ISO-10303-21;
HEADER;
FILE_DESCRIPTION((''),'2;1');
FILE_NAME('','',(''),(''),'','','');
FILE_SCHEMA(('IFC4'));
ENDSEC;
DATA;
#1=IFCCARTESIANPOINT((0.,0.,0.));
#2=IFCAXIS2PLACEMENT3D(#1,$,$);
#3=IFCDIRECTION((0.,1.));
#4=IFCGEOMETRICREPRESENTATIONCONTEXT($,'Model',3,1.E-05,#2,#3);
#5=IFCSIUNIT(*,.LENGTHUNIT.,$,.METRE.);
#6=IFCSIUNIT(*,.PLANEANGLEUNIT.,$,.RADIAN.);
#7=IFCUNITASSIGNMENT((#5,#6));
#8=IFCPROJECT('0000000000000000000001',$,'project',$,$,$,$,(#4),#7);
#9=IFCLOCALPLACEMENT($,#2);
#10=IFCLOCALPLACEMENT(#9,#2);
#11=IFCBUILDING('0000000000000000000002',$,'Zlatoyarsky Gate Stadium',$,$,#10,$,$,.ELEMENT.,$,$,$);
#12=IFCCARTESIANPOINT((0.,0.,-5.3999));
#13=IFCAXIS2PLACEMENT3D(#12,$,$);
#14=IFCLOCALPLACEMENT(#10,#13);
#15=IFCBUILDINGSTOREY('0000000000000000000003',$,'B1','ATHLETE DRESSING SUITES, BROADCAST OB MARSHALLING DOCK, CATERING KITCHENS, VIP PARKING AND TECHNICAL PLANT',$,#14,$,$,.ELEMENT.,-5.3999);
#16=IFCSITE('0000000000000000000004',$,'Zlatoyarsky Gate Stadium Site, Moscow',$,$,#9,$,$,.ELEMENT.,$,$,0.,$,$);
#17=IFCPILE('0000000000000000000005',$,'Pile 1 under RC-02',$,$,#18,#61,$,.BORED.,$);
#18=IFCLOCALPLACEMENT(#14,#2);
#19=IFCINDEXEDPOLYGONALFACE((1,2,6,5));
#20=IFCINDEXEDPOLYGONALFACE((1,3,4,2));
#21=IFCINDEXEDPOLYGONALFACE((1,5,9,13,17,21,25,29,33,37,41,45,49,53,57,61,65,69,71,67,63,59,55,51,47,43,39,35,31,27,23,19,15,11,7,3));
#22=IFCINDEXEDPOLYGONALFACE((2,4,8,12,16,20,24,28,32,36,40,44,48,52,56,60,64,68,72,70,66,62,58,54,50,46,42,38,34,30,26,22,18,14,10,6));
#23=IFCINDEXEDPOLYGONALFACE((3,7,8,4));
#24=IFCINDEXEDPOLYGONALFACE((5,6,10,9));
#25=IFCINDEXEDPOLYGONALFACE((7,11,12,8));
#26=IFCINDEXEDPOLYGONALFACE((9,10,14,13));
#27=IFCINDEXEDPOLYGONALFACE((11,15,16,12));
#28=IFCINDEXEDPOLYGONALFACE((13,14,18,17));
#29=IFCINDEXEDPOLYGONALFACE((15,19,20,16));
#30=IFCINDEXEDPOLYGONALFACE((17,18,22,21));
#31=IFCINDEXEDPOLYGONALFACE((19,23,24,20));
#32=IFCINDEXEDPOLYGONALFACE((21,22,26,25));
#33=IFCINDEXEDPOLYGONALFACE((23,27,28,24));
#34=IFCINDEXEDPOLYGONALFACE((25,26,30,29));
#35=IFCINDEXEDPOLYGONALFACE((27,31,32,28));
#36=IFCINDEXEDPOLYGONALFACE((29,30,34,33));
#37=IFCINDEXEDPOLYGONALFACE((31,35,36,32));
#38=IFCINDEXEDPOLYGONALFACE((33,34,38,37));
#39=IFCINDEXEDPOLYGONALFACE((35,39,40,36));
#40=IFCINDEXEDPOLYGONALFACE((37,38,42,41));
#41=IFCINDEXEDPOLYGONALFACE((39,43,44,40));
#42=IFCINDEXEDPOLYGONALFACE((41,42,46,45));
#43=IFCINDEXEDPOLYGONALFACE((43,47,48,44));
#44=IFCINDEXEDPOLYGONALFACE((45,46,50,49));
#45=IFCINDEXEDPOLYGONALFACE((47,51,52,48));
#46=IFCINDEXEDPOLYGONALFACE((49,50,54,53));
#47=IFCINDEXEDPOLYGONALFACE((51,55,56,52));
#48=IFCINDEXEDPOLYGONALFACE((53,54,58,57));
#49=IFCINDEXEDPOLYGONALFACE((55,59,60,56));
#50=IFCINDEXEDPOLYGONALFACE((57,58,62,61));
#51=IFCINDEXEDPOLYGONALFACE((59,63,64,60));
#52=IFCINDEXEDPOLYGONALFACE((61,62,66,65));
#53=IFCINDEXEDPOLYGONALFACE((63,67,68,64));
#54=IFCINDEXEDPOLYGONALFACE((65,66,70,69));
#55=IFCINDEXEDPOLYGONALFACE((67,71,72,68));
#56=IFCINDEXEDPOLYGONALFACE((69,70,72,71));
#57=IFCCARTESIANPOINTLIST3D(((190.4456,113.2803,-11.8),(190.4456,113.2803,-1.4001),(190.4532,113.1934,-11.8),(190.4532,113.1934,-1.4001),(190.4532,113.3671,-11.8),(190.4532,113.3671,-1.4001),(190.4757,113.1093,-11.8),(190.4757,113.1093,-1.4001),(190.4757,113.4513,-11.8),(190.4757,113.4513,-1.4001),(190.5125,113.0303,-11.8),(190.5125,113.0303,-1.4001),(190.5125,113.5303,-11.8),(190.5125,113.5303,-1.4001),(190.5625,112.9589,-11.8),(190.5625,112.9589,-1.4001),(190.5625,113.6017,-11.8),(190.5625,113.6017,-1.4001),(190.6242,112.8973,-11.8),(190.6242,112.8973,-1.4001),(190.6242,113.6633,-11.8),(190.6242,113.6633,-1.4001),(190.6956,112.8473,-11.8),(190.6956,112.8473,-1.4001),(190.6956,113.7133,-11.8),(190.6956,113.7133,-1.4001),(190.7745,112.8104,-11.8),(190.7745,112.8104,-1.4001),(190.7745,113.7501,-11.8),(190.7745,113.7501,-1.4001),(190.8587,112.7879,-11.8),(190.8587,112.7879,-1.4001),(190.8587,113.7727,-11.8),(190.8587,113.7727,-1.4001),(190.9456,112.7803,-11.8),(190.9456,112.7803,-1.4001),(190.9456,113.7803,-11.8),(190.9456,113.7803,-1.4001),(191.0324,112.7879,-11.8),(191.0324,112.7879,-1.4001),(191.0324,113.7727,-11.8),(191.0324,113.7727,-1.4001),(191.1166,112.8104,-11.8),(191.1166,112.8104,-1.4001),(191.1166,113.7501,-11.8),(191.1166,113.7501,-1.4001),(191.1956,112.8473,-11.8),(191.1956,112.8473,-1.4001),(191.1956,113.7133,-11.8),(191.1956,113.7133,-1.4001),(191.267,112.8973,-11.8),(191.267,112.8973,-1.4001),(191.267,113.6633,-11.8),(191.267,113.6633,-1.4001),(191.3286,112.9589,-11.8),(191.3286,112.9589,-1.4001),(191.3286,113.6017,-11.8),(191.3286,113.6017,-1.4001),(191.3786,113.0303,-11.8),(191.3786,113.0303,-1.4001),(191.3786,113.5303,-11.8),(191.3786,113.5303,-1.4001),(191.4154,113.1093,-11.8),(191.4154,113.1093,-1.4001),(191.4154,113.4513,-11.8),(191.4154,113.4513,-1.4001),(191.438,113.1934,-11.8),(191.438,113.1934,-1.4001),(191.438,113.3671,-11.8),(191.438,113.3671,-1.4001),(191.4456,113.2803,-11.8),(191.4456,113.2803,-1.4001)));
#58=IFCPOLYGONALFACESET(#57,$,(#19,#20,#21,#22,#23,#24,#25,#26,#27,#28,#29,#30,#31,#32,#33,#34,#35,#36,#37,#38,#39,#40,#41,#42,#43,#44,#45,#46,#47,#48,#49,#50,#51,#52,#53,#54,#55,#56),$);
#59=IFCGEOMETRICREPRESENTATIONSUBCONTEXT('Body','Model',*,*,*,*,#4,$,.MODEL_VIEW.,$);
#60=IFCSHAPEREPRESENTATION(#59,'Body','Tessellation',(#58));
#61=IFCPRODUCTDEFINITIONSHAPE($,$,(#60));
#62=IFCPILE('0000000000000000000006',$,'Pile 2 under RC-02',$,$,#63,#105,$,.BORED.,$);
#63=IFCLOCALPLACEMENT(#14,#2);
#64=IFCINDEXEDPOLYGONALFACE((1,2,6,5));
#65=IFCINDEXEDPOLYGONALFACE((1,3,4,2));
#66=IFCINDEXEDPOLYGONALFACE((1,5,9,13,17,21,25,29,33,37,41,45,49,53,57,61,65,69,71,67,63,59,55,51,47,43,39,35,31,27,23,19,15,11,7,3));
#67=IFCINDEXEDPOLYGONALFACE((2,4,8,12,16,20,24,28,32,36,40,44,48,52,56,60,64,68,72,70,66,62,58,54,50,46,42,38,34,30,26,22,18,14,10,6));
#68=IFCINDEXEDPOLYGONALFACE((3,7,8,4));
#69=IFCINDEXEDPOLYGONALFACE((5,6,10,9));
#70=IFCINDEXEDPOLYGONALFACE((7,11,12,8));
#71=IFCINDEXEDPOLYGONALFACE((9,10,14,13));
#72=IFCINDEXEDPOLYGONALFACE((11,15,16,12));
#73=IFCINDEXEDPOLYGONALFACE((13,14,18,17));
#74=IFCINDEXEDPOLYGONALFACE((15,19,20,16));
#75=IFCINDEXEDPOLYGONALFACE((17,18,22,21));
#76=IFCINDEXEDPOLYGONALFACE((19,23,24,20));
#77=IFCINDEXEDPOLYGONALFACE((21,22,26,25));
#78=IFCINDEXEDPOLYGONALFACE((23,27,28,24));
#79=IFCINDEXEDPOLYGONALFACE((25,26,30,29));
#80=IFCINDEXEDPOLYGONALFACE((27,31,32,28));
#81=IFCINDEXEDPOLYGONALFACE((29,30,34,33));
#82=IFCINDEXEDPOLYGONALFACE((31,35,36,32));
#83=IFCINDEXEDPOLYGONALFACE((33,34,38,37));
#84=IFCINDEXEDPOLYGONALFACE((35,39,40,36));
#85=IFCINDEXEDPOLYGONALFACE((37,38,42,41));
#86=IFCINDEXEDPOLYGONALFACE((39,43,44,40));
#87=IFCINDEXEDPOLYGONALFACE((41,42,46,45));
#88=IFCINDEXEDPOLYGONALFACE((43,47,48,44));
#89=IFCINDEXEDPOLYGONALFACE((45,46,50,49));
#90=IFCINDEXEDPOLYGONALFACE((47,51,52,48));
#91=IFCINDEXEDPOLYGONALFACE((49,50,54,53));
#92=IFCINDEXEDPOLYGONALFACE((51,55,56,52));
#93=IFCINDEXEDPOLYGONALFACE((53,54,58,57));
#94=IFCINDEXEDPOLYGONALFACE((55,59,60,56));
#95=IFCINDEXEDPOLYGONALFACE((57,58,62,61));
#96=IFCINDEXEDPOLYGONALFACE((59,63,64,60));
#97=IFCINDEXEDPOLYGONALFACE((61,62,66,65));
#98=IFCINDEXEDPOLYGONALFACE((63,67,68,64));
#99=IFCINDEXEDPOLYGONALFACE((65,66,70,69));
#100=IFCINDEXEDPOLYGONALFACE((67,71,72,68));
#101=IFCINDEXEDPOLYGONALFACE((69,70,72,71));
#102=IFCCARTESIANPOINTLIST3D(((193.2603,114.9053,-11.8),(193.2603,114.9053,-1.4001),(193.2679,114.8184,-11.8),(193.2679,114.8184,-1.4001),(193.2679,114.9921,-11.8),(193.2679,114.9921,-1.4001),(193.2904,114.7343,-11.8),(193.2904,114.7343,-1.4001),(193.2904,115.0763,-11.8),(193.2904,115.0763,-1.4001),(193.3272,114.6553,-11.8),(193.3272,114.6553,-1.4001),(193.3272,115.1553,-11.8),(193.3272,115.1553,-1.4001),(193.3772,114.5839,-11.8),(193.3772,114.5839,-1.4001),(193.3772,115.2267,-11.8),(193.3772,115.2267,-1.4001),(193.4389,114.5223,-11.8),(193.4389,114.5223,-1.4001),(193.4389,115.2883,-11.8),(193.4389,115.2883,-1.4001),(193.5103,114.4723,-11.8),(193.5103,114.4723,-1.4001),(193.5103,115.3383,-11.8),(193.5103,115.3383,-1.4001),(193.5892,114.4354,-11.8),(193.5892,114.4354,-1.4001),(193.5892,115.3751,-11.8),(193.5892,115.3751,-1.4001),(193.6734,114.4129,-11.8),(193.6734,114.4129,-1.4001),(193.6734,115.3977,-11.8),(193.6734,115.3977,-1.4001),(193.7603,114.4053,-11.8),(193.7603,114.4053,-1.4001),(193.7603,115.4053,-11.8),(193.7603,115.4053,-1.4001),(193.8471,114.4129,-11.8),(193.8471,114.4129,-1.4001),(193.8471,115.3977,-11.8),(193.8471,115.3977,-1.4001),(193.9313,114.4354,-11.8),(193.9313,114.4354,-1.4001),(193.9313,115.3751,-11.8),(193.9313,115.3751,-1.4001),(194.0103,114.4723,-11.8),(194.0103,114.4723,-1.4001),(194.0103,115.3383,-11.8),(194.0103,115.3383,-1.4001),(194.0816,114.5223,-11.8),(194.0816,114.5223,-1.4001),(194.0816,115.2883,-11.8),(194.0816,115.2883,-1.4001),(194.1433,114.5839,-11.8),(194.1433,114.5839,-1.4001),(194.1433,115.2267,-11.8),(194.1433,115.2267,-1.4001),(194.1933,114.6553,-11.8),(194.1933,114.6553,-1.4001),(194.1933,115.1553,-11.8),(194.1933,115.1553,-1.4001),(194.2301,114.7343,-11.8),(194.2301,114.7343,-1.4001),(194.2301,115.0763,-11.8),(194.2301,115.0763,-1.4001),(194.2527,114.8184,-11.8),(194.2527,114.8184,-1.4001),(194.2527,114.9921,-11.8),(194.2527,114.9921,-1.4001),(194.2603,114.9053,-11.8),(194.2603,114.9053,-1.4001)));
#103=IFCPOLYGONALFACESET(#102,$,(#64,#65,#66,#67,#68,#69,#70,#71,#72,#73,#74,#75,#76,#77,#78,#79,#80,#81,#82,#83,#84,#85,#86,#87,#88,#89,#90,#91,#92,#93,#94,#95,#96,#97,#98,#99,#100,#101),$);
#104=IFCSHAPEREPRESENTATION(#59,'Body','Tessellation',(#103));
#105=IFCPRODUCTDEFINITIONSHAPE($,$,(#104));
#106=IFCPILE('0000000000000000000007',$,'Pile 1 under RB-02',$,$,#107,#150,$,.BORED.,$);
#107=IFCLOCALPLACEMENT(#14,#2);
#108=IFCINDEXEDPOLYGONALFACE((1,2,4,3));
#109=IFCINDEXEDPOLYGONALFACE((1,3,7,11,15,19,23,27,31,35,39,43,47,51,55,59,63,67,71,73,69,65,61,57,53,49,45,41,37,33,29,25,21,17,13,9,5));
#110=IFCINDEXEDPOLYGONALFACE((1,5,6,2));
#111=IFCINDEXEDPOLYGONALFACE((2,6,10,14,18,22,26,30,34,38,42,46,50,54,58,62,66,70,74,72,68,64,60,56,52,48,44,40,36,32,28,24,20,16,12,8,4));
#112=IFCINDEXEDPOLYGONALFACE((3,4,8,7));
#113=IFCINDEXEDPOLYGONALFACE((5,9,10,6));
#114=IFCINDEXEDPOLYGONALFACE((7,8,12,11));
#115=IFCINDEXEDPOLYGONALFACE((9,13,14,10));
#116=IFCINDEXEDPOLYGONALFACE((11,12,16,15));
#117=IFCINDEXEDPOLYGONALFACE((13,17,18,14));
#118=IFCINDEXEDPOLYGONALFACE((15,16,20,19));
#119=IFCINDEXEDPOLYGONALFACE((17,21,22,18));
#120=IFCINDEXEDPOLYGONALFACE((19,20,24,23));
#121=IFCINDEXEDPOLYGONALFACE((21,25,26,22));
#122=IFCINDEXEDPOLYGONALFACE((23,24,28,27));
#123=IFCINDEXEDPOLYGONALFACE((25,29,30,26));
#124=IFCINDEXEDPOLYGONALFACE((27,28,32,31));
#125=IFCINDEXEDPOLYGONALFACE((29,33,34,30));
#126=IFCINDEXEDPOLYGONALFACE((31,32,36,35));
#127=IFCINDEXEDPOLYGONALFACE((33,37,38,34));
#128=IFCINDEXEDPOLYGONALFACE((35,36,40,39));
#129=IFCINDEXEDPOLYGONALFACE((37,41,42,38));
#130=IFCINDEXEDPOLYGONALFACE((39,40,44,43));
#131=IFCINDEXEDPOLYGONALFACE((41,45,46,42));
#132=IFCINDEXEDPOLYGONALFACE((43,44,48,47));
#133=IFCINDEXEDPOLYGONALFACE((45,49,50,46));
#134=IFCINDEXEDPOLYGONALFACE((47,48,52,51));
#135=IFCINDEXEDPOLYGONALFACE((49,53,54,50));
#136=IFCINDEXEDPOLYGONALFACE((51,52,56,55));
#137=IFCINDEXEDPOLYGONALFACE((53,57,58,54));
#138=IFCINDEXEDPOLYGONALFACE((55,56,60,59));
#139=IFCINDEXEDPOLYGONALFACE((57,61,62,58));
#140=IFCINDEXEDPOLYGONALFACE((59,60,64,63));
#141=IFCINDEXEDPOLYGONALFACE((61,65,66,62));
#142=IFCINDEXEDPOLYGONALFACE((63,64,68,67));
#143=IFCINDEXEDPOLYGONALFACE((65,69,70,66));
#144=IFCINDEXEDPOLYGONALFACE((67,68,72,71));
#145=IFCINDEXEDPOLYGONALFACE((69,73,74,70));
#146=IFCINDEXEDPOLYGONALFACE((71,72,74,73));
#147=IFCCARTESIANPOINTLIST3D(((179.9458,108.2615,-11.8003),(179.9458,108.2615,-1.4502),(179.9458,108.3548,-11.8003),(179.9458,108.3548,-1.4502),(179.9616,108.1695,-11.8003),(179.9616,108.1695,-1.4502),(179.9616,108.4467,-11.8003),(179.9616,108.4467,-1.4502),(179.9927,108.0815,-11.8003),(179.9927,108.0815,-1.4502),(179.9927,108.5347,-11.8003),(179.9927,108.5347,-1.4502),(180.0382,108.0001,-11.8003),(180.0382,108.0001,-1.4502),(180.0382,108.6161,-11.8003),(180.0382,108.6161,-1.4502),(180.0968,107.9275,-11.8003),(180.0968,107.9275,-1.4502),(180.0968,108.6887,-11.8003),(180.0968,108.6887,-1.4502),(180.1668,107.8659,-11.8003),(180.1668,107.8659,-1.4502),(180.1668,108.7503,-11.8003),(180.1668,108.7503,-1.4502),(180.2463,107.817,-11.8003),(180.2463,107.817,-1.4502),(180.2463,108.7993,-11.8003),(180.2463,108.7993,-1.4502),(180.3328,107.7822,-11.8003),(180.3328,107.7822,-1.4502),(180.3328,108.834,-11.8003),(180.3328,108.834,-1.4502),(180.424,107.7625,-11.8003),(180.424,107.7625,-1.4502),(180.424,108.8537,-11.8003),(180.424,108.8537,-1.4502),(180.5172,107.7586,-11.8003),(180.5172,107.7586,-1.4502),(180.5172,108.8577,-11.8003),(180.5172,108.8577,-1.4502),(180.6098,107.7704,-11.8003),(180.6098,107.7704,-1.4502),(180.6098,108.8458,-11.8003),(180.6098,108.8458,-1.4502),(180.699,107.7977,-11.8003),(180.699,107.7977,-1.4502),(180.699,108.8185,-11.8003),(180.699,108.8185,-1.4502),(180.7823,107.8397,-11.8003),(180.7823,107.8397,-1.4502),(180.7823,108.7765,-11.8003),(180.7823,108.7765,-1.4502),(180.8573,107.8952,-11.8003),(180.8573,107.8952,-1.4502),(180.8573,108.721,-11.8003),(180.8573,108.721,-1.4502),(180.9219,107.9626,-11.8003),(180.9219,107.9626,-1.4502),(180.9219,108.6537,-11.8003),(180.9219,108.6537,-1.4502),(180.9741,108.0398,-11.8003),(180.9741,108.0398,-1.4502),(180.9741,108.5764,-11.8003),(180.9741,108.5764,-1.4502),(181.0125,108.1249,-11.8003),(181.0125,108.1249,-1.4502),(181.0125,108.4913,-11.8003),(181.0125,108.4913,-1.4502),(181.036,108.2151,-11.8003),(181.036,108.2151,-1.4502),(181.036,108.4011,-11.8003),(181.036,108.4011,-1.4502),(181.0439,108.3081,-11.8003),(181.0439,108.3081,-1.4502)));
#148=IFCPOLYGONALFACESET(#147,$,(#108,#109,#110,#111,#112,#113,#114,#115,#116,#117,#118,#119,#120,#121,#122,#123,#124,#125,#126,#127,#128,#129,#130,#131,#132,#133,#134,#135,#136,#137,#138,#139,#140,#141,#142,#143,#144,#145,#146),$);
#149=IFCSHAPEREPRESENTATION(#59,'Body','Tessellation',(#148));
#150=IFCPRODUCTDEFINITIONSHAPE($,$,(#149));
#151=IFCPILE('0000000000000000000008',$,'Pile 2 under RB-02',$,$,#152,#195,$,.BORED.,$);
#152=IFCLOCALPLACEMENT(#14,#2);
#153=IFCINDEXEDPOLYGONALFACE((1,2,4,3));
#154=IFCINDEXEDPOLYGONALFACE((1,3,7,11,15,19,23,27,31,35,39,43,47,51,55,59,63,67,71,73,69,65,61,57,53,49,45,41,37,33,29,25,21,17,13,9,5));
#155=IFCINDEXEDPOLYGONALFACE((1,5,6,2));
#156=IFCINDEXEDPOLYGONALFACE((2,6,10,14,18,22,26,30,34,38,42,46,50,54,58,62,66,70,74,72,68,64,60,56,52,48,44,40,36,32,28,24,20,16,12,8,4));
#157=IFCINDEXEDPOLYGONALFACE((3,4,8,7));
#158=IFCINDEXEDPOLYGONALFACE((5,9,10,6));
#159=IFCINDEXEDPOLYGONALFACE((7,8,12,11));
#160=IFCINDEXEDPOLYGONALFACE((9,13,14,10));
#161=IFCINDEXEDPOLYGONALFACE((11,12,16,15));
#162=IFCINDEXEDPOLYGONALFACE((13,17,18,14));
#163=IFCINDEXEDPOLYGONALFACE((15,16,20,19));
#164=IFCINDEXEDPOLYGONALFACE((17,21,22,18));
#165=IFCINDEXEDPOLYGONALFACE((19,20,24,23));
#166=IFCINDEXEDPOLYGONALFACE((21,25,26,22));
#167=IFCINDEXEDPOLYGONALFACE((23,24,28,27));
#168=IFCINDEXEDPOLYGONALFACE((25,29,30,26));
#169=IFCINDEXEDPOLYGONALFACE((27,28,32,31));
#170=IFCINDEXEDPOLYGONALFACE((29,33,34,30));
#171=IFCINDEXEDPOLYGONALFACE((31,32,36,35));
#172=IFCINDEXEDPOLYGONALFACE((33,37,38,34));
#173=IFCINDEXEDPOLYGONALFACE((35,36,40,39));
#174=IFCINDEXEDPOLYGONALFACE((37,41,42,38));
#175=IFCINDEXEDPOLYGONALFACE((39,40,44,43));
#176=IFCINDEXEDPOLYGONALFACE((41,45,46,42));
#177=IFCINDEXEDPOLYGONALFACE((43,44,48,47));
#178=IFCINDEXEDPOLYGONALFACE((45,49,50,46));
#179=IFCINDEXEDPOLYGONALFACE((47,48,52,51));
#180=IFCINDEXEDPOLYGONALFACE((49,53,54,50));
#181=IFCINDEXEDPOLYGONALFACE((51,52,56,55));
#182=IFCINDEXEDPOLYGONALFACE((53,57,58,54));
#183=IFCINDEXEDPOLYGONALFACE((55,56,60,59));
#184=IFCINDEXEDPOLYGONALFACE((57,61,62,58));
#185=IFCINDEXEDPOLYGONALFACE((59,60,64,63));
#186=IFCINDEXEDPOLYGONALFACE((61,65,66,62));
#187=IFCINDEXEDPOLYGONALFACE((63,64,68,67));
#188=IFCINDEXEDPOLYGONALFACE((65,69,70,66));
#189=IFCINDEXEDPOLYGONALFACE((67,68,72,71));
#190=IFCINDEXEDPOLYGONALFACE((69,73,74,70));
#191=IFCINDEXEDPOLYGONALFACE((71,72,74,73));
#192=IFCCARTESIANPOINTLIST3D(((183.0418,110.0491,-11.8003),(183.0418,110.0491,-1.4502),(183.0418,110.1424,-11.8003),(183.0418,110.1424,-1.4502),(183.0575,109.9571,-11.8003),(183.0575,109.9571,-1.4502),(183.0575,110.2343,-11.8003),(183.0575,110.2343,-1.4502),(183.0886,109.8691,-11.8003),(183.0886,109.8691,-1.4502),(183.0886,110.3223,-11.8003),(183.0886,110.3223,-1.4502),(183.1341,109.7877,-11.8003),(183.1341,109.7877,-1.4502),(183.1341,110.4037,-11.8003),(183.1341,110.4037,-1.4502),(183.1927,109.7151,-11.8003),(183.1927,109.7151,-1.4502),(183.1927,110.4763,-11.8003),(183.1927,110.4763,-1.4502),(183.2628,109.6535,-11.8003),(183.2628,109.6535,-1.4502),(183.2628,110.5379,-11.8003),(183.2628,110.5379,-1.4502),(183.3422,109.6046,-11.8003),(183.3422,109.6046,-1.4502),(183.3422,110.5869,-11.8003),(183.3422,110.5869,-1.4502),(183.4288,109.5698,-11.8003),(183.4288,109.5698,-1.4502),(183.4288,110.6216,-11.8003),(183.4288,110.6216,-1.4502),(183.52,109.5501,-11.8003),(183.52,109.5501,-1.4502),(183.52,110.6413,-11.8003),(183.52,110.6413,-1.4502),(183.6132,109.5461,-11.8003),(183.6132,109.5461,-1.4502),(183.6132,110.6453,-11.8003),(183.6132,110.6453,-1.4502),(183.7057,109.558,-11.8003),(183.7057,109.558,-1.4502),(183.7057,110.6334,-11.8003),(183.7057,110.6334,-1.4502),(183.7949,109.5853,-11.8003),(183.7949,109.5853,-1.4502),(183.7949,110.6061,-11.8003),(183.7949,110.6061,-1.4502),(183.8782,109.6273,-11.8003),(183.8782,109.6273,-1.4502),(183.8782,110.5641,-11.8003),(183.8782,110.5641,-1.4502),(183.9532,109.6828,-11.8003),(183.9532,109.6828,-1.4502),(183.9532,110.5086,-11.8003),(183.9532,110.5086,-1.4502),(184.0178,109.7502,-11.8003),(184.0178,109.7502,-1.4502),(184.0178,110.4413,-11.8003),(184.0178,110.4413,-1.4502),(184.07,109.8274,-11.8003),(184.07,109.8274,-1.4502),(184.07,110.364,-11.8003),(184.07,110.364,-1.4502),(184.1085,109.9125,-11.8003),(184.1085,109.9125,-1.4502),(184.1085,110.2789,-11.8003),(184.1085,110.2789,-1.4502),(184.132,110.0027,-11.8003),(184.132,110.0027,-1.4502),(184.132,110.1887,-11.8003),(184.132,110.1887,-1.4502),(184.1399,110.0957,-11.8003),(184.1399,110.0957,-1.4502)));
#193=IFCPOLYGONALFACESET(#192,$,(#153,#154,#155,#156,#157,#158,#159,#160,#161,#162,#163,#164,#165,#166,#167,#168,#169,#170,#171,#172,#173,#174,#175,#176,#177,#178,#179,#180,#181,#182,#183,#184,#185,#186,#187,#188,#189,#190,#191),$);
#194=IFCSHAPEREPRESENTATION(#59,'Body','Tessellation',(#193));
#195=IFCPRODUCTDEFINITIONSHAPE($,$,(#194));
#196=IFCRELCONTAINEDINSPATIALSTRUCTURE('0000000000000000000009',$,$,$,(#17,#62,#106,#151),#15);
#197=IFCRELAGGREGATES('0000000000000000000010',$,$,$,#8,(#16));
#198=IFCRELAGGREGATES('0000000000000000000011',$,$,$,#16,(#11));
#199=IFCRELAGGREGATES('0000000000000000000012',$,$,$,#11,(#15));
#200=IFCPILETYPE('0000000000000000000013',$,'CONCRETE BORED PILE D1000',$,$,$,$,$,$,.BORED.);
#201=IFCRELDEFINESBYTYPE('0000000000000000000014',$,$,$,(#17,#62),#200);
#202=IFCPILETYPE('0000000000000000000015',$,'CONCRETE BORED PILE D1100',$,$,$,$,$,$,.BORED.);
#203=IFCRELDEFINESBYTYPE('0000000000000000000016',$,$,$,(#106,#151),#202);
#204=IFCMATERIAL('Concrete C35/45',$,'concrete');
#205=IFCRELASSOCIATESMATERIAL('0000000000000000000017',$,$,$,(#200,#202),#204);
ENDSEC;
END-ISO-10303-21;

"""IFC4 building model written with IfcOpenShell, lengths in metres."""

from ifc_helpers import new_model, si_unit, direction, frame, origin, origin_2d, place, context, subcontext, project, spatial, circle, extrude, material, material_profile, profile_set, type_object, element, save


model = new_model("IFC4")

# Units and contexts
model_context = context("Model", 3, precision=1e-05, world=origin(), true_north=direction((0.0, 1.0)))
body_context = subcontext(model_context, "Body", "Model", "MODEL_VIEW")
ifc_project = project(units=[si_unit("LENGTHUNIT", "METRE"), si_unit("PLANEANGLEUNIT", "RADIAN")], contexts=[model_context])

# Site, building, storey
site_placement = place(None, origin())
site = spatial("IfcSite", under=ifc_project, at=site_placement, Name="Zlatoyarsky Gate Stadium Site, Moscow", CompositionType="ELEMENT", RefElevation=0.0)
building_placement = place(site_placement, origin())
building = spatial("IfcBuilding", under=site, at=building_placement, Name="Zlatoyarsky Gate Stadium", CompositionType="ELEMENT")
storey_placement = place(building_placement, frame((0.0, 0.0, -5.3999)))
storey = spatial("IfcBuildingStorey", under=building, at=storey_placement, Name="B1", Description="ATHLETE DRESSING SUITES, BROADCAST OB MARSHALLING DOCK, CATERING KITCHENS, VIP PARKING AND TECHNICAL PLANT", CompositionType="ELEMENT", Elevation=-5.3999)

# Piles
ifc_material_1 = material(Name="Concrete C35/45", Category="concrete")
ifc_material_profile_1 = material_profile(ifc_material_1, circle(Radius=0.5, at=origin_2d()), Name="BORED PILE D1000")
ifc_profile_set_1 = profile_set([ifc_material_profile_1], Name="Concrete C35/45")
pile_type_1 = type_object("IfcPileType", Name="CONCRETE BORED PILE D1000", PredefinedType="BORED", material=ifc_profile_set_1)
for number, where, z_axis, x_axis, name in (
    (1, (190.9456, 113.2803, -1.4001), (0.0, 0.0, -1.0), (1.0, 0.0, 0.0), "Pile 1 under RC-02"),
    (2, (193.7603, 114.9053, -1.4001), (0.0, 0.0, -1.0), (1.0, 0.0, 0.0), "Pile 2 under RC-02"),
):
    element("IfcPile", number, at=place(storey_placement, frame(where, z_axis=z_axis, x_axis=x_axis)), inside=storey, type_object=pile_type_1, Name=name, PredefinedType="BORED", context=body_context, shape_type="SweptSolid", body=[
        extrude(circle(Radius=0.5, at=origin_2d()), origin(), (0.0, 0.0, 1.0), 10.3999),
    ])
ifc_material_profile_2 = material_profile(ifc_material_1, circle(Radius=0.55, at=origin_2d()), Name="BORED PILE D1100")
ifc_profile_set_2 = profile_set([ifc_material_profile_2], Name="Concrete C35/45")
pile_type_2 = type_object("IfcPileType", Name="CONCRETE BORED PILE D1100", PredefinedType="BORED", material=ifc_profile_set_2)
for number, where, z_axis, x_axis, name in (
    (3, (180.4939, 108.3081, -1.4502), (0.0, 0.0, -1.0), (1.0, 0.0, 0.0), "Pile 1 under RB-02"),
    (4, (183.5898, 110.0957, -1.4502), (0.0, 0.0, -1.0), (1.0, 0.0, 0.0), "Pile 2 under RB-02"),
):
    element("IfcPile", number, at=place(storey_placement, frame(where, z_axis=z_axis, x_axis=x_axis)), inside=storey, type_object=pile_type_2, Name=name, PredefinedType="BORED", context=body_context, shape_type="SweptSolid", body=[
        extrude(circle(Radius=0.55, at=origin_2d()), origin(), (0.0, 0.0, 1.0), 10.3501),
    ])

save(model, "model.ifc")
